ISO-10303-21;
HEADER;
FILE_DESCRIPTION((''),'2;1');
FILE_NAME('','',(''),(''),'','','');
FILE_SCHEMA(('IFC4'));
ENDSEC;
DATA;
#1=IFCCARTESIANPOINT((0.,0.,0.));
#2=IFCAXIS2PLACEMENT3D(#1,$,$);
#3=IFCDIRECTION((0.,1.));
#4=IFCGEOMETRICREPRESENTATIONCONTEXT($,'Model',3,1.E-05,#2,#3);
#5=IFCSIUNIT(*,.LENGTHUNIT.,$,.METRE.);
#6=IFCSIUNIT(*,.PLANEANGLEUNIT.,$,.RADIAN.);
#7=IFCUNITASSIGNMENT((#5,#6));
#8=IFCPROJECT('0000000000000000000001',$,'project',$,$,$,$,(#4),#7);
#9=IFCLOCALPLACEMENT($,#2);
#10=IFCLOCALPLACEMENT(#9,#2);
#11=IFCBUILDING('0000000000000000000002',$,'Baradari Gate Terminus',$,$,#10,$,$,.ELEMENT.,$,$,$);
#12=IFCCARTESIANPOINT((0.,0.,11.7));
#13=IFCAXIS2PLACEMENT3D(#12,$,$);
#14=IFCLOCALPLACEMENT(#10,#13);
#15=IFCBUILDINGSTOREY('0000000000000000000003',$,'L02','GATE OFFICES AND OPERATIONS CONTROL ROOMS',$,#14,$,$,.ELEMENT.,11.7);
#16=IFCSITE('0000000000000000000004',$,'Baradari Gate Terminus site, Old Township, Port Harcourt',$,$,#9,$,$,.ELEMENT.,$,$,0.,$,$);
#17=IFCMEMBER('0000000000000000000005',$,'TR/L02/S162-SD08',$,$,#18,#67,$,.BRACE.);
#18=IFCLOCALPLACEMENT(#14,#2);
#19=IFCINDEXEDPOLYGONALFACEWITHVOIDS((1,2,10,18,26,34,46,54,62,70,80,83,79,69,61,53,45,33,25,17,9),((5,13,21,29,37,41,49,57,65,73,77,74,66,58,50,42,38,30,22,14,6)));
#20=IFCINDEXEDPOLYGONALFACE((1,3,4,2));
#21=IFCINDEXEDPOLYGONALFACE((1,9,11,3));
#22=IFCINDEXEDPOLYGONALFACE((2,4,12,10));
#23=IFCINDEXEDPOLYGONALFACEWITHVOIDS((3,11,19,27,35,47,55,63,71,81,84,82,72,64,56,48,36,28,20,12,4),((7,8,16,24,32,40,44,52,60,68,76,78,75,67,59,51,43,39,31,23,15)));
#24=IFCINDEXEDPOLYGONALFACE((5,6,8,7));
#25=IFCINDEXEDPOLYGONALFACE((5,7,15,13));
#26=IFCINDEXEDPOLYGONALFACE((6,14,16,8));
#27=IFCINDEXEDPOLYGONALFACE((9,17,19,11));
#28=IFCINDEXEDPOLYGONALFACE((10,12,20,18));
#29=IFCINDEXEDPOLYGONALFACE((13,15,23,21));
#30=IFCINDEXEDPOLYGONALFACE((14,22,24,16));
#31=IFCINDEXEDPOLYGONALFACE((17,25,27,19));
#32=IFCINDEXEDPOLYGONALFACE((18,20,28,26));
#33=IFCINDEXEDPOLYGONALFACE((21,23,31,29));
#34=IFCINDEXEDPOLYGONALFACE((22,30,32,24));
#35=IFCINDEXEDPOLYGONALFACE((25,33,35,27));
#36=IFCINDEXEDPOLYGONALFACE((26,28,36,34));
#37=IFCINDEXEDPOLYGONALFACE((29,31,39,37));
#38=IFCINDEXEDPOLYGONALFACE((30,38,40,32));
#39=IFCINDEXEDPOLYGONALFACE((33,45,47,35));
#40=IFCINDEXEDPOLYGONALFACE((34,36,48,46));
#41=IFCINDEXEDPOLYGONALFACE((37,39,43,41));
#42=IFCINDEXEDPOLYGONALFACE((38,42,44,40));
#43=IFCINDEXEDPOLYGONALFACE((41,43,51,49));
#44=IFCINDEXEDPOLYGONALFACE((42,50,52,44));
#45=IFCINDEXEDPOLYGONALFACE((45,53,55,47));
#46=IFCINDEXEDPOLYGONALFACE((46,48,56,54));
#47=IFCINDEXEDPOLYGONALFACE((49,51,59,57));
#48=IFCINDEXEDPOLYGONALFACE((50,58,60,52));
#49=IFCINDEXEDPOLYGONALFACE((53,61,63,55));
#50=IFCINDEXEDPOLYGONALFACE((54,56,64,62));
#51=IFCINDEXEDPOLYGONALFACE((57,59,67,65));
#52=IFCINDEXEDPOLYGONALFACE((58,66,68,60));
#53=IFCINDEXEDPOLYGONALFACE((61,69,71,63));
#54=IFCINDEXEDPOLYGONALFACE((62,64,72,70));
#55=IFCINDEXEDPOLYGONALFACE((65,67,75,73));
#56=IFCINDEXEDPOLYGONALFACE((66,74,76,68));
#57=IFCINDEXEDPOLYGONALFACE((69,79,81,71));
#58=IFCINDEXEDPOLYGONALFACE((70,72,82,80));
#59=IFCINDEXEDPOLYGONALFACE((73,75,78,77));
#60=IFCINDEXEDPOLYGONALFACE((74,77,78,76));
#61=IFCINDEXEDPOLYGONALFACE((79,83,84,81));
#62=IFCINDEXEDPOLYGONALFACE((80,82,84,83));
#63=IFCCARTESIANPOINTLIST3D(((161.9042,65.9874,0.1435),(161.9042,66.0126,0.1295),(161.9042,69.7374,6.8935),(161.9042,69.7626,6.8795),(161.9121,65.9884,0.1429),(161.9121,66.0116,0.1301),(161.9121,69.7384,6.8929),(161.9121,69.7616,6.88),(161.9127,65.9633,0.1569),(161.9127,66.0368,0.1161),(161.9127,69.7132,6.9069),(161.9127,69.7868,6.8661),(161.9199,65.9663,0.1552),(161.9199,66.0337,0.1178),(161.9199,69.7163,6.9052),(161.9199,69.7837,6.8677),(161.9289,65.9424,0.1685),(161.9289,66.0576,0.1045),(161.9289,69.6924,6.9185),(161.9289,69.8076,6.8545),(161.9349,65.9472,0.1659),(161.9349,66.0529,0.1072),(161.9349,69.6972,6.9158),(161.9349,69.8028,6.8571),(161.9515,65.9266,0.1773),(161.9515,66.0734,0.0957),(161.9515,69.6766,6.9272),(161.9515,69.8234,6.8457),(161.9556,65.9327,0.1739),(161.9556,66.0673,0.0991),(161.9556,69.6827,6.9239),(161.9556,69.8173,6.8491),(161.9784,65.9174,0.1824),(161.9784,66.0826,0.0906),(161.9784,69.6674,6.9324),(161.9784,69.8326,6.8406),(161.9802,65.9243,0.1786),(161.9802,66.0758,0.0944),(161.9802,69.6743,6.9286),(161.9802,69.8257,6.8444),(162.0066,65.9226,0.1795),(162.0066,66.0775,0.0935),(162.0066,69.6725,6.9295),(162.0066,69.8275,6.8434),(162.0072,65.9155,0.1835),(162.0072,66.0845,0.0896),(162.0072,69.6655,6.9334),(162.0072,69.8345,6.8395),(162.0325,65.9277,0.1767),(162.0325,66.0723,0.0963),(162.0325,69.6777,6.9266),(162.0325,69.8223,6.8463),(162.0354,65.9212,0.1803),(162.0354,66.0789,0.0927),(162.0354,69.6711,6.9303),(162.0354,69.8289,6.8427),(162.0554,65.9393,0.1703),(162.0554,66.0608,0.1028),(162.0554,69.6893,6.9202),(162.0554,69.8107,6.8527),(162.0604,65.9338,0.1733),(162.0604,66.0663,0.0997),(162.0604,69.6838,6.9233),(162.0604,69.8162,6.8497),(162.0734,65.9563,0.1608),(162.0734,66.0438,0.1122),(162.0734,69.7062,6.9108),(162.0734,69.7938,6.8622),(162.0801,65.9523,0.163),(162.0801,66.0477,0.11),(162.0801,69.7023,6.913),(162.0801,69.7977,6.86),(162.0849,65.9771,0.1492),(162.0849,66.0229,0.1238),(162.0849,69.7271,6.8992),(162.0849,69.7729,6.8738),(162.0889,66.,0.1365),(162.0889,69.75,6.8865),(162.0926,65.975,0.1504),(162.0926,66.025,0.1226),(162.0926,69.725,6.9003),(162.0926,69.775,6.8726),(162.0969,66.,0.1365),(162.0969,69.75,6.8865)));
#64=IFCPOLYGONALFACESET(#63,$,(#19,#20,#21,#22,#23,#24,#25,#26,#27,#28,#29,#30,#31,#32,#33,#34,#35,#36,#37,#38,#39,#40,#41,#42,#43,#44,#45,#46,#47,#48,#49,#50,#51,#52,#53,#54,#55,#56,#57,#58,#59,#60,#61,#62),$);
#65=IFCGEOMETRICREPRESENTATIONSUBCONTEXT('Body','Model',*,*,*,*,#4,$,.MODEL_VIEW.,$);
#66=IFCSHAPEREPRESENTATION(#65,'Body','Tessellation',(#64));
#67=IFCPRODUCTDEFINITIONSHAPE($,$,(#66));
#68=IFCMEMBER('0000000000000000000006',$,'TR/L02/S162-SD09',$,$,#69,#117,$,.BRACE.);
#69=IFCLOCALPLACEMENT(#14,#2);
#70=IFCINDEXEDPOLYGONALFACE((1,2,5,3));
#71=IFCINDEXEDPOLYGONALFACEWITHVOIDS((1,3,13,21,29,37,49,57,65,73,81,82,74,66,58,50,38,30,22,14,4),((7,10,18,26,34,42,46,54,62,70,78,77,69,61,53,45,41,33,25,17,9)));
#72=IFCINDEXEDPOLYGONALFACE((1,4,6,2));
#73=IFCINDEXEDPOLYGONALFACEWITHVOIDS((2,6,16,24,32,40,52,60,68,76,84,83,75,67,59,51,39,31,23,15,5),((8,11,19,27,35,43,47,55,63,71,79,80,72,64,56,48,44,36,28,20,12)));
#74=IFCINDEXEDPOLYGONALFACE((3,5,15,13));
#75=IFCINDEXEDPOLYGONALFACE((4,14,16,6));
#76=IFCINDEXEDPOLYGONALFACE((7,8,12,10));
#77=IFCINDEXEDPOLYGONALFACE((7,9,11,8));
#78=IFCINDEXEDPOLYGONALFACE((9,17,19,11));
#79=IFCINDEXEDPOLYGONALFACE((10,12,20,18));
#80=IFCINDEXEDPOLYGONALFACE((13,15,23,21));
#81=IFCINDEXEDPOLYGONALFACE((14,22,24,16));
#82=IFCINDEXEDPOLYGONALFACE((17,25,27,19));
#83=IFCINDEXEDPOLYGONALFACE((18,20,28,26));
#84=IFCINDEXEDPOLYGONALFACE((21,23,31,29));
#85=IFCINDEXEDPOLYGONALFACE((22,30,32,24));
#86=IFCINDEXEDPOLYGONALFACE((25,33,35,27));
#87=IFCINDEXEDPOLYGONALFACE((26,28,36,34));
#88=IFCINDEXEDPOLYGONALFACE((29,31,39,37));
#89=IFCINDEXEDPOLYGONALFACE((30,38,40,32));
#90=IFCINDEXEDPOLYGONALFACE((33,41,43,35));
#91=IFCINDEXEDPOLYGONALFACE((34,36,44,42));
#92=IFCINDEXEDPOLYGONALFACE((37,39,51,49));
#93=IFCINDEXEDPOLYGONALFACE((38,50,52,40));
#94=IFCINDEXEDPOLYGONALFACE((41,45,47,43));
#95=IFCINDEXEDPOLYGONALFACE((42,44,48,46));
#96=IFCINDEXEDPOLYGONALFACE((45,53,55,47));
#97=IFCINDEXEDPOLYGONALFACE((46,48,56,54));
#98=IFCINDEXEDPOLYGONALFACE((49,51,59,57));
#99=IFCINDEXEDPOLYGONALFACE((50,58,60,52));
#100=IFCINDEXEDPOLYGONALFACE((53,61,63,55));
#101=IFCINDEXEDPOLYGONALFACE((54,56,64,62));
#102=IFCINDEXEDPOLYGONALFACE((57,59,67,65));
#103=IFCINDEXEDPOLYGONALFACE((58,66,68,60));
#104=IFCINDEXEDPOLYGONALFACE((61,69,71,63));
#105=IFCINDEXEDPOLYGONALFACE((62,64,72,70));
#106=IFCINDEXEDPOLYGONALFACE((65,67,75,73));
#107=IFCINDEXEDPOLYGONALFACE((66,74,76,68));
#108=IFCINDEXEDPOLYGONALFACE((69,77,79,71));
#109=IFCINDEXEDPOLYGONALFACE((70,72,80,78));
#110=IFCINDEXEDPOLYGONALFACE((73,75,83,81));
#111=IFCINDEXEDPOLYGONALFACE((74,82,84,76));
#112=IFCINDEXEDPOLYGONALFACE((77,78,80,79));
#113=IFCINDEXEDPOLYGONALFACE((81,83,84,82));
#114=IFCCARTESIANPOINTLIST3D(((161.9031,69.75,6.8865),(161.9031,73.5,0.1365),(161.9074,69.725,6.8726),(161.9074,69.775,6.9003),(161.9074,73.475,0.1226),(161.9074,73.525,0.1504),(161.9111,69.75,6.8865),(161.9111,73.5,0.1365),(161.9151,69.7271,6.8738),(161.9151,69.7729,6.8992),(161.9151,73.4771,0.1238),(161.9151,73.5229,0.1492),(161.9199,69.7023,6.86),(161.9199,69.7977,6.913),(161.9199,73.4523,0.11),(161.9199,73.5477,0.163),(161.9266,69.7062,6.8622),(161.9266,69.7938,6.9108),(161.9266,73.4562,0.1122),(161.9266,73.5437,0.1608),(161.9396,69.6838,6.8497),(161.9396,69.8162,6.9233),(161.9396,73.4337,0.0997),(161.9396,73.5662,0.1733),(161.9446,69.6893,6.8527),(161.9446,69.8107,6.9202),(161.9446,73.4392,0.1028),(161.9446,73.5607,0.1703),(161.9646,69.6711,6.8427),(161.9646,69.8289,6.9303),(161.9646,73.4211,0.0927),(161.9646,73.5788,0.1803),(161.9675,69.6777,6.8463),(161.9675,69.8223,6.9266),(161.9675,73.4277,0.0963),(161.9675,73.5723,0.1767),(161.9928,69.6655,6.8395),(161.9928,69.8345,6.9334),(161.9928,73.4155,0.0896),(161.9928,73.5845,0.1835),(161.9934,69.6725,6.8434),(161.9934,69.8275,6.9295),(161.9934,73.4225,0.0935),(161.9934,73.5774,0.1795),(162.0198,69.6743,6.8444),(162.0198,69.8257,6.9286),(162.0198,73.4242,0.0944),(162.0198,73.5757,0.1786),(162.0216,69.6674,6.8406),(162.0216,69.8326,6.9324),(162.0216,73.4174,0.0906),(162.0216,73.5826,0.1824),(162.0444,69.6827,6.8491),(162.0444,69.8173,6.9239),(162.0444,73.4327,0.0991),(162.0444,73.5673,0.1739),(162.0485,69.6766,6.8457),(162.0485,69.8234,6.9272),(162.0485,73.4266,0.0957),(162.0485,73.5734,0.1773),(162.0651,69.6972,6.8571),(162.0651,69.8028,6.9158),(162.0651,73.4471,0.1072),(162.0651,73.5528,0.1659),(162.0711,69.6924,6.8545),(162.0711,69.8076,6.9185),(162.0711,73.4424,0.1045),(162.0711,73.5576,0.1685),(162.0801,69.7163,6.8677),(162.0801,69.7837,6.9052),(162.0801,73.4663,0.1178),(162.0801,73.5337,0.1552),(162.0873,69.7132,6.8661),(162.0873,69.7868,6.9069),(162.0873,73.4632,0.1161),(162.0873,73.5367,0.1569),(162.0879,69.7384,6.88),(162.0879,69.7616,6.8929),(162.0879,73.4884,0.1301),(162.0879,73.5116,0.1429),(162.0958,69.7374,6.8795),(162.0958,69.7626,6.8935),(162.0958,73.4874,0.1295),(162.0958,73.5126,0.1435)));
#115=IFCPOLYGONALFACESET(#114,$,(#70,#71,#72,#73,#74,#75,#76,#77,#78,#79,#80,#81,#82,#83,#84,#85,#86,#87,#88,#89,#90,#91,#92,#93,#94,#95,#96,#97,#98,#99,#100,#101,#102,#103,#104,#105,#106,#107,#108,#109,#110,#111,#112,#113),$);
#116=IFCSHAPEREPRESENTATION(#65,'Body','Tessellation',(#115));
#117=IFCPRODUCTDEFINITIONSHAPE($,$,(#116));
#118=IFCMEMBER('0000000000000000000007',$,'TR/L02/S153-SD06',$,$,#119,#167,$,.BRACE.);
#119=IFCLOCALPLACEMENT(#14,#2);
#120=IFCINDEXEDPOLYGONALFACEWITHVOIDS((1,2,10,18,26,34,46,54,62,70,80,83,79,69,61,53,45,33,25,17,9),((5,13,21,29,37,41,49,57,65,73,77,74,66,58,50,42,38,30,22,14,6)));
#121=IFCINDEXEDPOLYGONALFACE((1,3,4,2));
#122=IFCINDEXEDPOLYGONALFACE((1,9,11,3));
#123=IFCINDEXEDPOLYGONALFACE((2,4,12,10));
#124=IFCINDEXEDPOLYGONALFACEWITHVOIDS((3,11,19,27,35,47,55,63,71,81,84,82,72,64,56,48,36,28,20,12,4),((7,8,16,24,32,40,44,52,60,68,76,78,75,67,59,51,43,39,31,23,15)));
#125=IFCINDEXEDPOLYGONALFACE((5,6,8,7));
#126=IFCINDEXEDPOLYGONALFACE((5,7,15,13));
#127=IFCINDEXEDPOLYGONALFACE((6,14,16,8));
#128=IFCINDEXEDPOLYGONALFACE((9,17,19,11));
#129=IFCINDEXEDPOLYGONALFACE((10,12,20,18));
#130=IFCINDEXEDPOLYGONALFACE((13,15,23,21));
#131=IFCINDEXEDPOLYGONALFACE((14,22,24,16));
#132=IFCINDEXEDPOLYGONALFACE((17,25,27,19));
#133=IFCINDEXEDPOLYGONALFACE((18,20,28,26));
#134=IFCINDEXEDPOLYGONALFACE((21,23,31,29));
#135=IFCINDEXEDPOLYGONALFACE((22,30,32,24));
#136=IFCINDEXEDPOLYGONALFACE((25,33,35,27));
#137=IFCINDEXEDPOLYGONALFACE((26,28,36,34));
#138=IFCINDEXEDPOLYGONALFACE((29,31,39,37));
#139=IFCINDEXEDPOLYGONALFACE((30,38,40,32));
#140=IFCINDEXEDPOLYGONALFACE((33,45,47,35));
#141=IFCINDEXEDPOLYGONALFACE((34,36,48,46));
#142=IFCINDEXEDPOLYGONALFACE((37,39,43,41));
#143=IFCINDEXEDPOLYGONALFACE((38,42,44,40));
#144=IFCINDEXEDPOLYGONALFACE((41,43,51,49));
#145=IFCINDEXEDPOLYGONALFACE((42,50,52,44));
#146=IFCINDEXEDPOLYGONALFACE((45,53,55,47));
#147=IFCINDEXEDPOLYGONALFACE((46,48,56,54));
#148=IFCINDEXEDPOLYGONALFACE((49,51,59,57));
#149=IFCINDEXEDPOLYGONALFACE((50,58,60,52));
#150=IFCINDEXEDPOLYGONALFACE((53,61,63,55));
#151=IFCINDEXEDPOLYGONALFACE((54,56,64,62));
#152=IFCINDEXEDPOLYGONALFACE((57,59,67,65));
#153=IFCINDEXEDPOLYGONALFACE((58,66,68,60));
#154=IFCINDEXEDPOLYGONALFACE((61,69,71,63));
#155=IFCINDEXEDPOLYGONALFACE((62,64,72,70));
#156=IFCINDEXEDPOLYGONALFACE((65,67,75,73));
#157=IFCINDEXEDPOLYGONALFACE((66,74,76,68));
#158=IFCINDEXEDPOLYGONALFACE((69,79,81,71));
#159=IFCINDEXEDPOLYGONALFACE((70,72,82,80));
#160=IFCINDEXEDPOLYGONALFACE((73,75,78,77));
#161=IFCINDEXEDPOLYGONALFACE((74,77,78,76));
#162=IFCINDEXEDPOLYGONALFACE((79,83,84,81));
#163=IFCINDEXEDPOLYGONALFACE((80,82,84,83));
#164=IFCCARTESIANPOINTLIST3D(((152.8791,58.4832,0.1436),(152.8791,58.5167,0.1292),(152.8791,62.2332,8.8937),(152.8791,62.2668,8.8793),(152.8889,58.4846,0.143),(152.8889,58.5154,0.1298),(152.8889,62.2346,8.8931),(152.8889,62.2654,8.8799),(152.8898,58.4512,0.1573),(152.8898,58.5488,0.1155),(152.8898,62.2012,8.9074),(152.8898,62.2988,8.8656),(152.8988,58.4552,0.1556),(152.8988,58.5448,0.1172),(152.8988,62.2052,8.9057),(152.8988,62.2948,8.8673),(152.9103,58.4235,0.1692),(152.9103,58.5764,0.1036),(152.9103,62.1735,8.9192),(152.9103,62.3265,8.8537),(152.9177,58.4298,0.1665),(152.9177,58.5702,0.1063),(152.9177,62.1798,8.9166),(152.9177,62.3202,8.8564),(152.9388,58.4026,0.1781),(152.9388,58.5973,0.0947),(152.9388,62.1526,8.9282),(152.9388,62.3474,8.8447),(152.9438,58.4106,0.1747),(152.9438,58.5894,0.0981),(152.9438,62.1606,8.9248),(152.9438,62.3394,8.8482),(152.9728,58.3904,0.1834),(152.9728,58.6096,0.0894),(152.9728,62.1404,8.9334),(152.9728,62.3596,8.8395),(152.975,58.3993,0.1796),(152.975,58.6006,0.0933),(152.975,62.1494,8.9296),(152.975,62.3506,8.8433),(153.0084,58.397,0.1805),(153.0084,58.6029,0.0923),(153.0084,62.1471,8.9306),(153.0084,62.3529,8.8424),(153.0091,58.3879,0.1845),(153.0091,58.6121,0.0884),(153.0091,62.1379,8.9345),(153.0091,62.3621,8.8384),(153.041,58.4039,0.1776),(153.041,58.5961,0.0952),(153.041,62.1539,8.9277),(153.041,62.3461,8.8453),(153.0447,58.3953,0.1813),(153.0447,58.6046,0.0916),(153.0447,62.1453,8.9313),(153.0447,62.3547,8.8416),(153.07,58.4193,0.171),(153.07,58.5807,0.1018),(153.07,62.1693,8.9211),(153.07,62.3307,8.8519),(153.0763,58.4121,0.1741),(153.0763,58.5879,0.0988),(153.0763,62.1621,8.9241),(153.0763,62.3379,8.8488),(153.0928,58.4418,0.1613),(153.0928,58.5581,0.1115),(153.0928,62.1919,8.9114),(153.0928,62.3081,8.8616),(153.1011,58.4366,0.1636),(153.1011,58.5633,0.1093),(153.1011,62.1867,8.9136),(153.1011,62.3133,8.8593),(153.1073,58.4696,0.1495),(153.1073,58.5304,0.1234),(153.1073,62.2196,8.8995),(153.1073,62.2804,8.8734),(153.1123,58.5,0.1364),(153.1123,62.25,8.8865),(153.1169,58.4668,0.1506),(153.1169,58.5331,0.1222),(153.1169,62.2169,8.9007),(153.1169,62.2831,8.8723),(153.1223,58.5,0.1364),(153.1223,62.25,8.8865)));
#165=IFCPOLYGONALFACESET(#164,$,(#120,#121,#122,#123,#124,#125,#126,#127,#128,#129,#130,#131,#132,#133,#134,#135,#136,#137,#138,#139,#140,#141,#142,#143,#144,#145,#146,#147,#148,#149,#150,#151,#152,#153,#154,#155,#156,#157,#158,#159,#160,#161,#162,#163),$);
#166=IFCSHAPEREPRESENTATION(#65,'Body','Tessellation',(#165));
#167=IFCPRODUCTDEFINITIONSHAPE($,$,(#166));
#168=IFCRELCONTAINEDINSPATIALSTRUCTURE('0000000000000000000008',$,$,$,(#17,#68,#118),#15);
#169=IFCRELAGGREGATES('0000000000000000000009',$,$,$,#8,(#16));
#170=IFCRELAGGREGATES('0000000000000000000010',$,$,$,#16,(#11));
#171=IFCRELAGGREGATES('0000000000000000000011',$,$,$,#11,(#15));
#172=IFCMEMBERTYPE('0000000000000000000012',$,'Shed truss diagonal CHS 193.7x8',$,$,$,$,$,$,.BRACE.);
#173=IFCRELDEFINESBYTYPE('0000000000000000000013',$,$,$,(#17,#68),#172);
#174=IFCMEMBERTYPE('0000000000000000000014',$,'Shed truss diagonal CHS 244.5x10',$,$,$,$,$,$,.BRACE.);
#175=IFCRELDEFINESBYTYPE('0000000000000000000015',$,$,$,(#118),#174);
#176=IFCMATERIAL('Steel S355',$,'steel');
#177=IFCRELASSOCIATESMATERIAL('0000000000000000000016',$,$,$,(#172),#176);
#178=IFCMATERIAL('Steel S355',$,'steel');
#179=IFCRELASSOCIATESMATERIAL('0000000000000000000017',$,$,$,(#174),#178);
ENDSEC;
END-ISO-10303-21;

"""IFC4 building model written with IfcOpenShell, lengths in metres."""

from ifc_helpers import new_model, si_unit, direction, frame, origin, origin_2d, place, context, subcontext, project, spatial, hollow_circle, extrude, material, material_profile, profile_set, type_object, element, save


model = new_model("IFC4")

# Units and contexts
model_context = context("Model", 3, precision=1e-05, world=origin(), true_north=direction((0.0, 1.0)))
body_context = subcontext(model_context, "Body", "Model", "MODEL_VIEW")
ifc_project = project(units=[si_unit("LENGTHUNIT", "METRE"), si_unit("PLANEANGLEUNIT", "RADIAN")], contexts=[model_context])

# Site, building, storey
site_placement = place(None, origin())
site = spatial("IfcSite", under=ifc_project, at=site_placement, Name="Baradari Gate Terminus site, Old Township, Port Harcourt", CompositionType="ELEMENT", RefElevation=0.0)
building_placement = place(site_placement, origin())
building = spatial("IfcBuilding", under=site, at=building_placement, Name="Baradari Gate Terminus", CompositionType="ELEMENT")
storey_placement = place(building_placement, frame((0.0, 0.0, 11.7)))
storey = spatial("IfcBuildingStorey", under=building, at=storey_placement, Name="L02", Description="GATE OFFICES AND OPERATIONS CONTROL ROOMS", CompositionType="ELEMENT", Elevation=11.7)

# Members
ifc_material_1 = material(Name="Steel S355", Category="steel")
ifc_material_profile_1 = material_profile(ifc_material_1, hollow_circle(Radius=0.0969, WallThickness=0.0081, at=origin_2d()), Name="CHS 193.7x8")
ifc_profile_set_1 = profile_set([ifc_material_profile_1], Name="Steel S355")
member_type_1 = type_object("IfcMemberType", Name="Shed truss diagonal CHS 193.7x8", PredefinedType="BRACE", material=ifc_profile_set_1)
for number, where, z_axis, x_axis, name in (
    (1, (162.0, 69.75, 6.8865), (0.0, -0.485643, -0.874157), (1.0, 0.0, 0.0), "TR/L02/S162-SD08"),
    (2, (162.0, 69.75, 6.8865), (0.0, 0.485643, -0.874157), (-1.0, 0.0, 0.0), "TR/L02/S162-SD09"),
):
    element("IfcMember", number, at=place(storey_placement, frame(where, z_axis=z_axis, x_axis=x_axis)), inside=storey, type_object=member_type_1, Name=name, PredefinedType="BRACE", context=body_context, shape_type="SweptSolid", body=[
        extrude(hollow_circle(Radius=0.0969, WallThickness=0.0081, at=origin_2d()), origin(), (0.0, 0.0, 1.0), 7.7217),
    ])
ifc_material_2 = material(Name="Steel S355", Category="steel")
ifc_material_profile_2 = material_profile(ifc_material_2, hollow_circle(Radius=0.1223, WallThickness=0.01, at=origin_2d()), Name="CHS 244.5x10")
ifc_profile_set_2 = profile_set([ifc_material_profile_2], Name="Steel S355")
member_type_2 = type_object("IfcMemberType", Name="Shed truss diagonal CHS 244.5x10", PredefinedType="BRACE", material=ifc_profile_set_2)
for number, where, z_axis, x_axis, name in (
    (3, (153.0, 62.25, 8.8865), (0.0, -0.393919, -0.919145), (1.0, 0.0, 0.0), "TR/L02/S153-SD06"),
):
    element("IfcMember", number, at=place(storey_placement, frame(where, z_axis=z_axis, x_axis=x_axis)), inside=storey, type_object=member_type_2, Name=name, PredefinedType="BRACE", context=body_context, shape_type="SweptSolid", body=[
        extrude(hollow_circle(Radius=0.1223, WallThickness=0.01, at=origin_2d()), origin(), (0.0, 0.0, 1.0), 9.5198),
    ])

save(model, "model.ifc")
